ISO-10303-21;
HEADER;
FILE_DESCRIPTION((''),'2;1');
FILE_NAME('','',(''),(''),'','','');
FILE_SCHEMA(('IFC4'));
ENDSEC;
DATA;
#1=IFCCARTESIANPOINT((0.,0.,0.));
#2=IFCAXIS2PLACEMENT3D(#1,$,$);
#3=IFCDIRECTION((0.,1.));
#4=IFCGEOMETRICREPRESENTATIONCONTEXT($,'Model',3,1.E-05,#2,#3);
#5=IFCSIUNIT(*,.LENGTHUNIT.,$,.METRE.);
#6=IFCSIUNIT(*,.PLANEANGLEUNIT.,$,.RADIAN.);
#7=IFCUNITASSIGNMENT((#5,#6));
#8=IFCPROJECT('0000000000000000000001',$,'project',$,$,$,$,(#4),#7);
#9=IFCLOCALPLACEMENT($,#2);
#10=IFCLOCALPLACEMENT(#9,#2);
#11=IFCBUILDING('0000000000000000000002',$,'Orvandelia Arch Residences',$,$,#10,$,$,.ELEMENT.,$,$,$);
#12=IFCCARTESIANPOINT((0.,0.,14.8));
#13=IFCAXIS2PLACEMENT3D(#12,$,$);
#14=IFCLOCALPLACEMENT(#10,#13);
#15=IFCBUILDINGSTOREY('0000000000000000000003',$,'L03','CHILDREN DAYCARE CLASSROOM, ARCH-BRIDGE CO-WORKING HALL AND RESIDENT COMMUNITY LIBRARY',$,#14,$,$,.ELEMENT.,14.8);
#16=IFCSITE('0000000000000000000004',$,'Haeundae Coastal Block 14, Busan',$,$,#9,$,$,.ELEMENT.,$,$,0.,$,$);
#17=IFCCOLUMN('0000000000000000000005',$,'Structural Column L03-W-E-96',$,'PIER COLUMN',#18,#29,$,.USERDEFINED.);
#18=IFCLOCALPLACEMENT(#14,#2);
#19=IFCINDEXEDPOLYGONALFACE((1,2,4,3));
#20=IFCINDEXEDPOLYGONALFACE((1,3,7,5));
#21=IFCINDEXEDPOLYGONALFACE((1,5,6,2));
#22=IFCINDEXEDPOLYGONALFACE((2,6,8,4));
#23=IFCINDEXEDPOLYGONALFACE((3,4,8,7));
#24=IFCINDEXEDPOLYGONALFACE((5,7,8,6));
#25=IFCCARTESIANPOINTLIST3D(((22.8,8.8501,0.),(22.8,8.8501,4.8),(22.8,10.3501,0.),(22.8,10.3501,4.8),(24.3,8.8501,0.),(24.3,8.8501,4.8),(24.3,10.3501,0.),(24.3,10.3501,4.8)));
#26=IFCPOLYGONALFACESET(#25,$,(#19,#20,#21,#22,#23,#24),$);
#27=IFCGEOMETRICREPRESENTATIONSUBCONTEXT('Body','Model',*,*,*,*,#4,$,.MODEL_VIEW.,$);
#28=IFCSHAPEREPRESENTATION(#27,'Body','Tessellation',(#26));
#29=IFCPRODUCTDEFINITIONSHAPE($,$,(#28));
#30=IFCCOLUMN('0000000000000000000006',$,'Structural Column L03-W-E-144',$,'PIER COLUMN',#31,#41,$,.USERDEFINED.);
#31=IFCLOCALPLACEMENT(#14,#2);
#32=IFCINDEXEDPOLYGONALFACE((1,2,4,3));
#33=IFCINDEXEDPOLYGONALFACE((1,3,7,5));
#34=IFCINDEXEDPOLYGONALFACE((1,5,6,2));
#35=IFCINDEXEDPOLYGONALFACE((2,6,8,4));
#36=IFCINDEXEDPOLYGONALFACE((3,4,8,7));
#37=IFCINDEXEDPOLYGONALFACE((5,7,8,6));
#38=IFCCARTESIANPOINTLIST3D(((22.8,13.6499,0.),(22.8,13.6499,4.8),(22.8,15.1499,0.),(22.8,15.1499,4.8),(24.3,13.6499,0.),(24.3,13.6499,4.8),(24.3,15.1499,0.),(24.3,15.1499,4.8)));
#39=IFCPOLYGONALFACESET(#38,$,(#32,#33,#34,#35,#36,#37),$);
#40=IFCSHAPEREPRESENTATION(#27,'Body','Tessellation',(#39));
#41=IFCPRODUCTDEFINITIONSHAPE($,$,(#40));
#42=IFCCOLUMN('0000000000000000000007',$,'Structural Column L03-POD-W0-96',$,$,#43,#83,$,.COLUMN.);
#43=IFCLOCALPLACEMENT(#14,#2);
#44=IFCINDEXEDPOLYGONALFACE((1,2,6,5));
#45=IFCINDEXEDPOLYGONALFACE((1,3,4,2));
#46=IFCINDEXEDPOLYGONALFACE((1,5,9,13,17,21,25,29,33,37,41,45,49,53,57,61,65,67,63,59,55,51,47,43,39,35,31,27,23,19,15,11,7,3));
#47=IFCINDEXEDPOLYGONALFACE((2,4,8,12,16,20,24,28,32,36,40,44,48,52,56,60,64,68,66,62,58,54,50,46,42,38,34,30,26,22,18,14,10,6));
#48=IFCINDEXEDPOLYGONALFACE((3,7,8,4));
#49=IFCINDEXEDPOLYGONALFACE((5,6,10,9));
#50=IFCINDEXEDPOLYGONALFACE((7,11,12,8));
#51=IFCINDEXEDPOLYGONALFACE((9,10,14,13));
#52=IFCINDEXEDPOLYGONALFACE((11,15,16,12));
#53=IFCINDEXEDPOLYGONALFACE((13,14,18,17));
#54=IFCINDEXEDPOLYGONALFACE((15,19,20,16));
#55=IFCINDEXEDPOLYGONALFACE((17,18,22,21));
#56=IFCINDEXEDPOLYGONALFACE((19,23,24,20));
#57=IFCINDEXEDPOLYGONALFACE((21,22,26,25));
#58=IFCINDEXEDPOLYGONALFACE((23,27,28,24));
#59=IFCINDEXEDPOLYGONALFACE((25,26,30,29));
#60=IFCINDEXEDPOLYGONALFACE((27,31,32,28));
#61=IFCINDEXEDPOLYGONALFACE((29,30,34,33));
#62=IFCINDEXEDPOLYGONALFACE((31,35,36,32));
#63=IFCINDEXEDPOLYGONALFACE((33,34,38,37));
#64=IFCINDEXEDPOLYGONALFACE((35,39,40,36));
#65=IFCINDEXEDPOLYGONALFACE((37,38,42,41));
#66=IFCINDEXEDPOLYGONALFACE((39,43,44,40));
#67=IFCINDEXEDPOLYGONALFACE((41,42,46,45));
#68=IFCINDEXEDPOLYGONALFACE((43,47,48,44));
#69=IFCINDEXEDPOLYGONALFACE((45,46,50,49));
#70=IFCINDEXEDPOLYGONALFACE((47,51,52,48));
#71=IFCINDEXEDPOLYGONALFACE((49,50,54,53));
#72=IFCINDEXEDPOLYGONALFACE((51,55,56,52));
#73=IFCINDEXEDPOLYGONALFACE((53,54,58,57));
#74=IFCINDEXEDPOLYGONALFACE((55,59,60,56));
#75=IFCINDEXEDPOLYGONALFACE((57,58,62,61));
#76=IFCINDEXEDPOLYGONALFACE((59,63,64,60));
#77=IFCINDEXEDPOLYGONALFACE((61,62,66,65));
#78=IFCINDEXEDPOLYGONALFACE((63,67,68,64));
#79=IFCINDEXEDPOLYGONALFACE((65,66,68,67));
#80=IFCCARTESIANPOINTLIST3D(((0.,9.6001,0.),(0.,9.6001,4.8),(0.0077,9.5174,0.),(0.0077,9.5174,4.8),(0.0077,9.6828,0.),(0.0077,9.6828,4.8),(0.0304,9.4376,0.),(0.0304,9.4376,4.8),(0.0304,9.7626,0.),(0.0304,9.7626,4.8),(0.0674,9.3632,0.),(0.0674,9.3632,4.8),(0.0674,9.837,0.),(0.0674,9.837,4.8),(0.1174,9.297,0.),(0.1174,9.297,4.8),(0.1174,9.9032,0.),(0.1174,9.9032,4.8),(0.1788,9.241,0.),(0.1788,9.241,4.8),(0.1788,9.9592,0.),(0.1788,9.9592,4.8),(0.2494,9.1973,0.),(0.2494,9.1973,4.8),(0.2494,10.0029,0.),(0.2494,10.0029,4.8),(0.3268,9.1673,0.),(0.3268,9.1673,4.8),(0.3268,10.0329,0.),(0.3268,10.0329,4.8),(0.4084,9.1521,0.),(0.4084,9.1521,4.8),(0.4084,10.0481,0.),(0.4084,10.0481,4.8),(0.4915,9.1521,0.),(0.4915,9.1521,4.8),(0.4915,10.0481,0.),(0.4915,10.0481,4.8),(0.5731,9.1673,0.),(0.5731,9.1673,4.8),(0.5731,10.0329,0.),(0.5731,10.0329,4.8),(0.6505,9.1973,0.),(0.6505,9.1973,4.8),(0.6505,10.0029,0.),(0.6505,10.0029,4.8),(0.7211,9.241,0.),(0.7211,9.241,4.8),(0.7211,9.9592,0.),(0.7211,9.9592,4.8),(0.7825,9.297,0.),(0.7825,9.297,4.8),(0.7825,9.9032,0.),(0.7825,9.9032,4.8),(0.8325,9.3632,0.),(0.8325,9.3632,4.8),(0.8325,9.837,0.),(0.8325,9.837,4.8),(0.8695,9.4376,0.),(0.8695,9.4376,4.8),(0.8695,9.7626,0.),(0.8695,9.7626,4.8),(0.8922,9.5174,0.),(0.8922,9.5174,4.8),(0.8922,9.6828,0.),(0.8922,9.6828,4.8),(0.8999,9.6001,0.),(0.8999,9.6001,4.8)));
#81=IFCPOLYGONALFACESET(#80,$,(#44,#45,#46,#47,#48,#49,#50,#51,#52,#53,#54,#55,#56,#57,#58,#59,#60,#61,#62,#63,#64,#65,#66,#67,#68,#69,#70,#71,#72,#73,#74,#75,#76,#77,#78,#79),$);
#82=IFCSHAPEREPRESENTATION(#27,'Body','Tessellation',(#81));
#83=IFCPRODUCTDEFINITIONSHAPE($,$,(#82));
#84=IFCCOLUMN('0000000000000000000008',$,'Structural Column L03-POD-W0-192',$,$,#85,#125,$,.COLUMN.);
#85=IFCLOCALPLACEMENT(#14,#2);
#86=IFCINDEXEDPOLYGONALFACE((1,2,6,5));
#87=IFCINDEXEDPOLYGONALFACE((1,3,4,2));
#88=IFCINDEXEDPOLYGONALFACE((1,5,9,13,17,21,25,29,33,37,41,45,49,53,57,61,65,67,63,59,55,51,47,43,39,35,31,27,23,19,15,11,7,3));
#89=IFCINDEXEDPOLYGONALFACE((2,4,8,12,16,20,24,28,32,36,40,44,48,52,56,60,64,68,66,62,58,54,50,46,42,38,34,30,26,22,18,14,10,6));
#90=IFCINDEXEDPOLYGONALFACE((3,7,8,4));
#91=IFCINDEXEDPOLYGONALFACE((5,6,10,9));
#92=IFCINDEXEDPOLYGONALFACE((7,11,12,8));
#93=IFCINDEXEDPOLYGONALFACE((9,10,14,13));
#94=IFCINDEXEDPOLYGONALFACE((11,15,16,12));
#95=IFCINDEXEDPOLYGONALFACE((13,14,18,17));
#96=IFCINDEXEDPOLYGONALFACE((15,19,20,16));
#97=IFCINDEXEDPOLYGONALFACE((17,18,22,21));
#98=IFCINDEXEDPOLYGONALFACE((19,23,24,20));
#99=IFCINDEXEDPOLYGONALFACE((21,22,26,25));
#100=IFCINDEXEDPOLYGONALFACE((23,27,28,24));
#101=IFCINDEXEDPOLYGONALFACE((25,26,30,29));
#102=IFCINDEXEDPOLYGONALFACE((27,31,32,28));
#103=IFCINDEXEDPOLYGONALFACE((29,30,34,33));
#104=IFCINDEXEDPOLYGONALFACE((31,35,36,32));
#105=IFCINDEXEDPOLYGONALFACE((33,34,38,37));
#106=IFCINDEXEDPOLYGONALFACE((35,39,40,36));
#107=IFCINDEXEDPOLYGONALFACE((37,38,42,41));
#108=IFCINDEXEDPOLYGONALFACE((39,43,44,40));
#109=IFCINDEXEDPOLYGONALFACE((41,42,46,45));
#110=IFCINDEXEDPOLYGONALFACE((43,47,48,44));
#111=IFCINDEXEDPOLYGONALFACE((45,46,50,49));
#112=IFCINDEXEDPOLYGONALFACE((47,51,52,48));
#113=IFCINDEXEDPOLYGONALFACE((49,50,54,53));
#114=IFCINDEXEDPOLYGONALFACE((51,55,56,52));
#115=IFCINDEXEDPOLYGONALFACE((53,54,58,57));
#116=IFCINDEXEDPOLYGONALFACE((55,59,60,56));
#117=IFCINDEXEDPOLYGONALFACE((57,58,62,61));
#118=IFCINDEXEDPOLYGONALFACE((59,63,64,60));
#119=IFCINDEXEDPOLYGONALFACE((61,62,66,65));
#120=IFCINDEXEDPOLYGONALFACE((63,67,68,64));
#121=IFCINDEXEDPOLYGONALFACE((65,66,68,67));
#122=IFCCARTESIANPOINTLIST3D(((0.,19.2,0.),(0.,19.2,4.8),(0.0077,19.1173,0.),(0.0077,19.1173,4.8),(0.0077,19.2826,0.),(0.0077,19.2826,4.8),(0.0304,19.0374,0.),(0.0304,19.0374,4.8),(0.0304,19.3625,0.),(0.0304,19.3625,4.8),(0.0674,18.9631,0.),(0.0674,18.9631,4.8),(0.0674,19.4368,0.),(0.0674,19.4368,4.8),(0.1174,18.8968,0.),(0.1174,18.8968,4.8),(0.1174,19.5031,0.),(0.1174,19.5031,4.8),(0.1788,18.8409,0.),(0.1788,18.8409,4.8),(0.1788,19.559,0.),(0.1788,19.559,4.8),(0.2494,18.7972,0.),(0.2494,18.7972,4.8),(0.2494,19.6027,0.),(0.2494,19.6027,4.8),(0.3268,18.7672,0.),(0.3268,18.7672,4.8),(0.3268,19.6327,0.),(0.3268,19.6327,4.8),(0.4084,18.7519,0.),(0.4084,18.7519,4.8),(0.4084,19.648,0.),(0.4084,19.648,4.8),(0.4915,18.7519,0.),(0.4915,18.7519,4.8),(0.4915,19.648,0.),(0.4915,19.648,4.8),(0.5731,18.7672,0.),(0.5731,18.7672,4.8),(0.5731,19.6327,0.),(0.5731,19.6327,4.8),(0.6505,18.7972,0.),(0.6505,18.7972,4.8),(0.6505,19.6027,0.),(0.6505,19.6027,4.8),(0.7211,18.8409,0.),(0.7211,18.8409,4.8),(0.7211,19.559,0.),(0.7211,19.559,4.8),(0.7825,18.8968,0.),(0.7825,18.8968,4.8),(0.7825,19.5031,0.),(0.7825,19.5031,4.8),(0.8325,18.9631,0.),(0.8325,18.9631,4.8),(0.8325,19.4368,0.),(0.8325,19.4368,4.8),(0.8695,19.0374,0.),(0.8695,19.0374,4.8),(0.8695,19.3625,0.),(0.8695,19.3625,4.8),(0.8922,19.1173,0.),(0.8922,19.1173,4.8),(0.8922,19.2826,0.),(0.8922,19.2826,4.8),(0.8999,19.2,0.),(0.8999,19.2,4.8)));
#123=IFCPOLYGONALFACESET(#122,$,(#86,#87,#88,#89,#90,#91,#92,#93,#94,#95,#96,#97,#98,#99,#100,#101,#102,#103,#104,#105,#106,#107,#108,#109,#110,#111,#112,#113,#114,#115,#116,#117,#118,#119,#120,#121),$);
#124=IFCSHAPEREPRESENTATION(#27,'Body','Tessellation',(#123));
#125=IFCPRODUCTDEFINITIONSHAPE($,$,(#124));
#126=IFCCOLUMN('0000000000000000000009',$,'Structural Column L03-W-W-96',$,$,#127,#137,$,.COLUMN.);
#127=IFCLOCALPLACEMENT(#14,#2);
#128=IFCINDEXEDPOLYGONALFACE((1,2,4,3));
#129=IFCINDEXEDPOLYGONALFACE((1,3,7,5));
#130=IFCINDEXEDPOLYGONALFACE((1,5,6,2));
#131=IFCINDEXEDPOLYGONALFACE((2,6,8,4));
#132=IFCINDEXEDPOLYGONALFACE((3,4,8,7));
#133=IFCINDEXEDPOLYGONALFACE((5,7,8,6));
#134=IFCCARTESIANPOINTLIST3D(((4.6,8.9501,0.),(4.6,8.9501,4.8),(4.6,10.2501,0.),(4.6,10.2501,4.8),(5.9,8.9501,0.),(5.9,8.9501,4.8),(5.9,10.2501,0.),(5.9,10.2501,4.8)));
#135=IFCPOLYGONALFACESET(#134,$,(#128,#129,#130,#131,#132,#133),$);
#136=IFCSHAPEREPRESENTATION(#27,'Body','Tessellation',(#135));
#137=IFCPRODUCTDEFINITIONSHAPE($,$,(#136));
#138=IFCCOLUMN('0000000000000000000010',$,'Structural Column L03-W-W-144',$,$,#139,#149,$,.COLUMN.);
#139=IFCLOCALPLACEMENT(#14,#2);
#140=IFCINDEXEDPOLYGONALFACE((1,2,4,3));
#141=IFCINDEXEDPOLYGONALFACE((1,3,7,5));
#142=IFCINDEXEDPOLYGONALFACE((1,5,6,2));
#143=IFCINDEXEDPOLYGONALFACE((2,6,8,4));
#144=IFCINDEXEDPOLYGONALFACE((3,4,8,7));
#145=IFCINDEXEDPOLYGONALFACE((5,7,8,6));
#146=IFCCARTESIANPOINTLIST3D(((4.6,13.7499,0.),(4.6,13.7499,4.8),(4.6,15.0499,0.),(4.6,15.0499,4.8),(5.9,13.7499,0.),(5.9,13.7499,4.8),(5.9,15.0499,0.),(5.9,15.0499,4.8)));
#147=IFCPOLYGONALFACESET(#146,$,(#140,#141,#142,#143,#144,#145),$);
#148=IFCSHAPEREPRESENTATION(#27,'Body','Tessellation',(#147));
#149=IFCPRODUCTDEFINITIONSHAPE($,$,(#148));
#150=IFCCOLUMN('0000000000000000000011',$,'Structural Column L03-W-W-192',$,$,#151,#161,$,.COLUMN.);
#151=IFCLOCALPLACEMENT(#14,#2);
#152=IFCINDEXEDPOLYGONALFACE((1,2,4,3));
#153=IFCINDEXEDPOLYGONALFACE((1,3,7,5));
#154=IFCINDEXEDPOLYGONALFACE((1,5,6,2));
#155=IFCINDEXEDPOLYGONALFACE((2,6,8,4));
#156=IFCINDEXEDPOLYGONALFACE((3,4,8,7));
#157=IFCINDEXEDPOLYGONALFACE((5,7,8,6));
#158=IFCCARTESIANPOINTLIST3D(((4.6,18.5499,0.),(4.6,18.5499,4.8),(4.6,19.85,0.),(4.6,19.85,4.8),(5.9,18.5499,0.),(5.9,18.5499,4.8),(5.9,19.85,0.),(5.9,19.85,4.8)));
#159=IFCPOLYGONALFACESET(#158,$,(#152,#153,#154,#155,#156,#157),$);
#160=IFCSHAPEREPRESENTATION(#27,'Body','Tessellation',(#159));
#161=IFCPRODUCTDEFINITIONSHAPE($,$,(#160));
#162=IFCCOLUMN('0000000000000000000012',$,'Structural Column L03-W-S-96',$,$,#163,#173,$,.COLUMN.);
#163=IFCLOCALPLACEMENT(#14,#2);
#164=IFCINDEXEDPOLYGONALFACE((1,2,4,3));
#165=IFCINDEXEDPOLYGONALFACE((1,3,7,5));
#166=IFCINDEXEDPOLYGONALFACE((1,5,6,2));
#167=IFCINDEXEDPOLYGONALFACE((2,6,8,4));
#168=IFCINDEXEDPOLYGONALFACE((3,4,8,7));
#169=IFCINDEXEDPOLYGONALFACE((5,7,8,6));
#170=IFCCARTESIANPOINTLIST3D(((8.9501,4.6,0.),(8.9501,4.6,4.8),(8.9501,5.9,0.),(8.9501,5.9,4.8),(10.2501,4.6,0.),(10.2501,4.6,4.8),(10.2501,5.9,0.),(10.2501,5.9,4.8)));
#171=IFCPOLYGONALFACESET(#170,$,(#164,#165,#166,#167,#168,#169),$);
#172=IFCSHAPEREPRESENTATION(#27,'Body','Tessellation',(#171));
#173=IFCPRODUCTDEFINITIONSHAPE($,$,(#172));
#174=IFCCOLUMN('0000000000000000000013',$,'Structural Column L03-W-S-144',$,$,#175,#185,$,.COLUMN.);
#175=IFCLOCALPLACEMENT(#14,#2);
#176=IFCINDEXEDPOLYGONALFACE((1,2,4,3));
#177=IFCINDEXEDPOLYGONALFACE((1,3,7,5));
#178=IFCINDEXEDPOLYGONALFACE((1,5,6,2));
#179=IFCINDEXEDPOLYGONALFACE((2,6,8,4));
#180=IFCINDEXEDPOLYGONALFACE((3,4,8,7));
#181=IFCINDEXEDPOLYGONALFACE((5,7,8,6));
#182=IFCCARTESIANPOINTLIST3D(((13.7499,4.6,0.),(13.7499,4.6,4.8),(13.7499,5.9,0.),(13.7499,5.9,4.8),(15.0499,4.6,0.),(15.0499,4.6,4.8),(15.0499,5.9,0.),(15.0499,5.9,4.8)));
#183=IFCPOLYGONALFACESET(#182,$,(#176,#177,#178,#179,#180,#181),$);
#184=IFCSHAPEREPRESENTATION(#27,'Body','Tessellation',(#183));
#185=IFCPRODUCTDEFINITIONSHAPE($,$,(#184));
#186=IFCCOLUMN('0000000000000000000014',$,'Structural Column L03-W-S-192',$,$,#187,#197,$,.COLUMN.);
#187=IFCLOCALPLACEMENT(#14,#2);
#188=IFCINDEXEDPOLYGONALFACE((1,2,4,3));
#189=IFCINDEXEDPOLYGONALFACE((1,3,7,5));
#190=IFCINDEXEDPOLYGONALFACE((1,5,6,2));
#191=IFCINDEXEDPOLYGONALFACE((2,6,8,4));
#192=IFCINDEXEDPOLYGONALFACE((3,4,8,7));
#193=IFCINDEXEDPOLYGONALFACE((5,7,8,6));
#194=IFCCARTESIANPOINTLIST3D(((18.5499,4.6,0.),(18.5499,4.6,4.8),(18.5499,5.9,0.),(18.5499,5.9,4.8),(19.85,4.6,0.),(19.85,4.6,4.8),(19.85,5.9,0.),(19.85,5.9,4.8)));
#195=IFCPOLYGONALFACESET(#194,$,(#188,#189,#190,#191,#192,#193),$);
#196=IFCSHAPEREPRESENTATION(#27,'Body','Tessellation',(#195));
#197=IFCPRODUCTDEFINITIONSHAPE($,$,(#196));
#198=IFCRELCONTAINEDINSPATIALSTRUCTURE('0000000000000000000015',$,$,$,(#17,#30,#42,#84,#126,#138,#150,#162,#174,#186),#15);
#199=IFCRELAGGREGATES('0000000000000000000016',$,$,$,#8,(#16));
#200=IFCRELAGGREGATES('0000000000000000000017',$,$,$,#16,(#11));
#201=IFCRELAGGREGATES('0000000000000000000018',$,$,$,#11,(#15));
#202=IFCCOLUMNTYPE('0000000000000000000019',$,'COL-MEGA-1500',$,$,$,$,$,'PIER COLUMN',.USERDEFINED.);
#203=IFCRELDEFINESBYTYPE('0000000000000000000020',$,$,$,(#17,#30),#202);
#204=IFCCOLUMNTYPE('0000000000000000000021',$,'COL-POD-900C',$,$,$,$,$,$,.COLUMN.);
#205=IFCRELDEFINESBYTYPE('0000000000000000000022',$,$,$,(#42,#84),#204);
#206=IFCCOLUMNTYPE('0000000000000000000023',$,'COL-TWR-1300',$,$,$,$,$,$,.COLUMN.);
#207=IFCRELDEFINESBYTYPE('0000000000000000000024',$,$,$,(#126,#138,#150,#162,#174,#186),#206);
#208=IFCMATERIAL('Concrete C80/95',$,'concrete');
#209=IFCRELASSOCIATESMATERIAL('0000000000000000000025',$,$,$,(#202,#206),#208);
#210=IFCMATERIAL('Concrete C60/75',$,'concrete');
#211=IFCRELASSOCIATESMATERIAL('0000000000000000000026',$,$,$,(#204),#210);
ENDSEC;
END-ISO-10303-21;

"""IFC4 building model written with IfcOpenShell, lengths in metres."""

from ifc_helpers import new_model, si_unit, direction, frame, origin, origin_2d, place, context, subcontext, project, spatial, rectangle, circle, extrude, material, material_profile, profile_set, type_object, element, save


model = new_model("IFC4")

# Units and contexts
model_context = context("Model", 3, precision=1e-05, world=origin(), true_north=direction((0.0, 1.0)))
body_context = subcontext(model_context, "Body", "Model", "MODEL_VIEW")
ifc_project = project(units=[si_unit("LENGTHUNIT", "METRE"), si_unit("PLANEANGLEUNIT", "RADIAN")], contexts=[model_context])

# Site, building, storey
site_placement = place(None, origin())
site = spatial("IfcSite", under=ifc_project, at=site_placement, Name="Haeundae Coastal Block 14, Busan", CompositionType="ELEMENT", RefElevation=0.0)
building_placement = place(site_placement, origin())
building = spatial("IfcBuilding", under=site, at=building_placement, Name="Orvandelia Arch Residences", CompositionType="ELEMENT")
storey_placement = place(building_placement, frame((0.0, 0.0, 14.8)))
storey = spatial("IfcBuildingStorey", under=building, at=storey_placement, Name="L03", Description="CHILDREN DAYCARE CLASSROOM, ARCH-BRIDGE CO-WORKING HALL AND RESIDENT COMMUNITY LIBRARY", CompositionType="ELEMENT", Elevation=14.8)

# Columns
ifc_material_1 = material(Name="Concrete C80/95", Category="concrete")
ifc_material_profile_1 = material_profile(ifc_material_1, rectangle(XDim=1.5, YDim=1.5, at=origin_2d()), Name="Concrete C80/95", Category="concrete")
ifc_profile_set_1 = profile_set([ifc_material_profile_1], Name="Concrete C80/95")
column_type_1 = type_object("IfcColumnType", Name="COL-MEGA-1500", ElementType="PIER COLUMN", PredefinedType="USERDEFINED", material=ifc_profile_set_1)
for number, where, z_axis, x_axis, name in (
    (1, (23.55, 9.6001, 0.0), (0.0, 0.0, 1.0), (1.0, 0.0, 0.0), "Structural Column L03-W-E-96"),
    (2, (23.55, 14.3999, 0.0), (0.0, 0.0, 1.0), (1.0, 0.0, 0.0), "Structural Column L03-W-E-144"),
):
    element("IfcColumn", number, at=place(storey_placement, frame(where, z_axis=z_axis, x_axis=x_axis)), inside=storey, type_object=column_type_1, Name=name, ObjectType="PIER COLUMN", PredefinedType="USERDEFINED", context=body_context, shape_type="SweptSolid", body=[
        extrude(rectangle(XDim=1.5, YDim=1.5, at=origin_2d()), origin(), (0.0, 0.0, 1.0), 4.8),
    ])
ifc_material_2 = material(Name="Concrete C60/75", Category="concrete")
ifc_material_profile_2 = material_profile(ifc_material_2, circle(Radius=0.45, at=origin_2d()), Name="Concrete C60/75", Category="concrete")
ifc_profile_set_2 = profile_set([ifc_material_profile_2], Name="Concrete C60/75")
column_type_2 = type_object("IfcColumnType", Name="COL-POD-900C", PredefinedType="COLUMN", material=ifc_profile_set_2)
for number, where, z_axis, x_axis, name in (
    (3, (0.45, 9.6001, 0.0), (0.0, 0.0, 1.0), (1.0, 0.0, 0.0), "Structural Column L03-POD-W0-96"),
    (4, (0.45, 19.2, 0.0), (0.0, 0.0, 1.0), (1.0, 0.0, 0.0), "Structural Column L03-POD-W0-192"),
):
    element("IfcColumn", number, at=place(storey_placement, frame(where, z_axis=z_axis, x_axis=x_axis)), inside=storey, type_object=column_type_2, Name=name, PredefinedType="COLUMN", context=body_context, shape_type="SweptSolid", body=[
        extrude(circle(Radius=0.45, at=origin_2d()), origin(), (0.0, 0.0, 1.0), 4.8),
    ])
ifc_material_profile_3 = material_profile(ifc_material_1, rectangle(XDim=1.3, YDim=1.3, at=origin_2d()), Name="Concrete C80/95", Category="concrete")
ifc_profile_set_3 = profile_set([ifc_material_profile_3], Name="Concrete C80/95")
column_type_3 = type_object("IfcColumnType", Name="COL-TWR-1300", PredefinedType="COLUMN", material=ifc_profile_set_3)
for number, where, z_axis, x_axis, name in (
    (5, (5.25, 9.6001, 0.0), (0.0, 0.0, 1.0), (1.0, 0.0, 0.0), "Structural Column L03-W-W-96"),
    (6, (5.25, 14.3999, 0.0), (0.0, 0.0, 1.0), (1.0, 0.0, 0.0), "Structural Column L03-W-W-144"),
    (7, (5.25, 19.2, 0.0), (0.0, 0.0, 1.0), (1.0, 0.0, 0.0), "Structural Column L03-W-W-192"),
    (8, (9.6001, 5.25, 0.0), (0.0, 0.0, 1.0), (1.0, 0.0, 0.0), "Structural Column L03-W-S-96"),
    (9, (14.3999, 5.25, 0.0), (0.0, 0.0, 1.0), (1.0, 0.0, 0.0), "Structural Column L03-W-S-144"),
    (10, (19.2, 5.25, 0.0), (0.0, 0.0, 1.0), (1.0, 0.0, 0.0), "Structural Column L03-W-S-192"),
):
    element("IfcColumn", number, at=place(storey_placement, frame(where, z_axis=z_axis, x_axis=x_axis)), inside=storey, type_object=column_type_3, Name=name, PredefinedType="COLUMN", context=body_context, shape_type="SweptSolid", body=[
        extrude(rectangle(XDim=1.3, YDim=1.3, at=origin_2d()), origin(), (0.0, 0.0, 1.0), 4.8),
    ])

save(model, "model.ifc")
